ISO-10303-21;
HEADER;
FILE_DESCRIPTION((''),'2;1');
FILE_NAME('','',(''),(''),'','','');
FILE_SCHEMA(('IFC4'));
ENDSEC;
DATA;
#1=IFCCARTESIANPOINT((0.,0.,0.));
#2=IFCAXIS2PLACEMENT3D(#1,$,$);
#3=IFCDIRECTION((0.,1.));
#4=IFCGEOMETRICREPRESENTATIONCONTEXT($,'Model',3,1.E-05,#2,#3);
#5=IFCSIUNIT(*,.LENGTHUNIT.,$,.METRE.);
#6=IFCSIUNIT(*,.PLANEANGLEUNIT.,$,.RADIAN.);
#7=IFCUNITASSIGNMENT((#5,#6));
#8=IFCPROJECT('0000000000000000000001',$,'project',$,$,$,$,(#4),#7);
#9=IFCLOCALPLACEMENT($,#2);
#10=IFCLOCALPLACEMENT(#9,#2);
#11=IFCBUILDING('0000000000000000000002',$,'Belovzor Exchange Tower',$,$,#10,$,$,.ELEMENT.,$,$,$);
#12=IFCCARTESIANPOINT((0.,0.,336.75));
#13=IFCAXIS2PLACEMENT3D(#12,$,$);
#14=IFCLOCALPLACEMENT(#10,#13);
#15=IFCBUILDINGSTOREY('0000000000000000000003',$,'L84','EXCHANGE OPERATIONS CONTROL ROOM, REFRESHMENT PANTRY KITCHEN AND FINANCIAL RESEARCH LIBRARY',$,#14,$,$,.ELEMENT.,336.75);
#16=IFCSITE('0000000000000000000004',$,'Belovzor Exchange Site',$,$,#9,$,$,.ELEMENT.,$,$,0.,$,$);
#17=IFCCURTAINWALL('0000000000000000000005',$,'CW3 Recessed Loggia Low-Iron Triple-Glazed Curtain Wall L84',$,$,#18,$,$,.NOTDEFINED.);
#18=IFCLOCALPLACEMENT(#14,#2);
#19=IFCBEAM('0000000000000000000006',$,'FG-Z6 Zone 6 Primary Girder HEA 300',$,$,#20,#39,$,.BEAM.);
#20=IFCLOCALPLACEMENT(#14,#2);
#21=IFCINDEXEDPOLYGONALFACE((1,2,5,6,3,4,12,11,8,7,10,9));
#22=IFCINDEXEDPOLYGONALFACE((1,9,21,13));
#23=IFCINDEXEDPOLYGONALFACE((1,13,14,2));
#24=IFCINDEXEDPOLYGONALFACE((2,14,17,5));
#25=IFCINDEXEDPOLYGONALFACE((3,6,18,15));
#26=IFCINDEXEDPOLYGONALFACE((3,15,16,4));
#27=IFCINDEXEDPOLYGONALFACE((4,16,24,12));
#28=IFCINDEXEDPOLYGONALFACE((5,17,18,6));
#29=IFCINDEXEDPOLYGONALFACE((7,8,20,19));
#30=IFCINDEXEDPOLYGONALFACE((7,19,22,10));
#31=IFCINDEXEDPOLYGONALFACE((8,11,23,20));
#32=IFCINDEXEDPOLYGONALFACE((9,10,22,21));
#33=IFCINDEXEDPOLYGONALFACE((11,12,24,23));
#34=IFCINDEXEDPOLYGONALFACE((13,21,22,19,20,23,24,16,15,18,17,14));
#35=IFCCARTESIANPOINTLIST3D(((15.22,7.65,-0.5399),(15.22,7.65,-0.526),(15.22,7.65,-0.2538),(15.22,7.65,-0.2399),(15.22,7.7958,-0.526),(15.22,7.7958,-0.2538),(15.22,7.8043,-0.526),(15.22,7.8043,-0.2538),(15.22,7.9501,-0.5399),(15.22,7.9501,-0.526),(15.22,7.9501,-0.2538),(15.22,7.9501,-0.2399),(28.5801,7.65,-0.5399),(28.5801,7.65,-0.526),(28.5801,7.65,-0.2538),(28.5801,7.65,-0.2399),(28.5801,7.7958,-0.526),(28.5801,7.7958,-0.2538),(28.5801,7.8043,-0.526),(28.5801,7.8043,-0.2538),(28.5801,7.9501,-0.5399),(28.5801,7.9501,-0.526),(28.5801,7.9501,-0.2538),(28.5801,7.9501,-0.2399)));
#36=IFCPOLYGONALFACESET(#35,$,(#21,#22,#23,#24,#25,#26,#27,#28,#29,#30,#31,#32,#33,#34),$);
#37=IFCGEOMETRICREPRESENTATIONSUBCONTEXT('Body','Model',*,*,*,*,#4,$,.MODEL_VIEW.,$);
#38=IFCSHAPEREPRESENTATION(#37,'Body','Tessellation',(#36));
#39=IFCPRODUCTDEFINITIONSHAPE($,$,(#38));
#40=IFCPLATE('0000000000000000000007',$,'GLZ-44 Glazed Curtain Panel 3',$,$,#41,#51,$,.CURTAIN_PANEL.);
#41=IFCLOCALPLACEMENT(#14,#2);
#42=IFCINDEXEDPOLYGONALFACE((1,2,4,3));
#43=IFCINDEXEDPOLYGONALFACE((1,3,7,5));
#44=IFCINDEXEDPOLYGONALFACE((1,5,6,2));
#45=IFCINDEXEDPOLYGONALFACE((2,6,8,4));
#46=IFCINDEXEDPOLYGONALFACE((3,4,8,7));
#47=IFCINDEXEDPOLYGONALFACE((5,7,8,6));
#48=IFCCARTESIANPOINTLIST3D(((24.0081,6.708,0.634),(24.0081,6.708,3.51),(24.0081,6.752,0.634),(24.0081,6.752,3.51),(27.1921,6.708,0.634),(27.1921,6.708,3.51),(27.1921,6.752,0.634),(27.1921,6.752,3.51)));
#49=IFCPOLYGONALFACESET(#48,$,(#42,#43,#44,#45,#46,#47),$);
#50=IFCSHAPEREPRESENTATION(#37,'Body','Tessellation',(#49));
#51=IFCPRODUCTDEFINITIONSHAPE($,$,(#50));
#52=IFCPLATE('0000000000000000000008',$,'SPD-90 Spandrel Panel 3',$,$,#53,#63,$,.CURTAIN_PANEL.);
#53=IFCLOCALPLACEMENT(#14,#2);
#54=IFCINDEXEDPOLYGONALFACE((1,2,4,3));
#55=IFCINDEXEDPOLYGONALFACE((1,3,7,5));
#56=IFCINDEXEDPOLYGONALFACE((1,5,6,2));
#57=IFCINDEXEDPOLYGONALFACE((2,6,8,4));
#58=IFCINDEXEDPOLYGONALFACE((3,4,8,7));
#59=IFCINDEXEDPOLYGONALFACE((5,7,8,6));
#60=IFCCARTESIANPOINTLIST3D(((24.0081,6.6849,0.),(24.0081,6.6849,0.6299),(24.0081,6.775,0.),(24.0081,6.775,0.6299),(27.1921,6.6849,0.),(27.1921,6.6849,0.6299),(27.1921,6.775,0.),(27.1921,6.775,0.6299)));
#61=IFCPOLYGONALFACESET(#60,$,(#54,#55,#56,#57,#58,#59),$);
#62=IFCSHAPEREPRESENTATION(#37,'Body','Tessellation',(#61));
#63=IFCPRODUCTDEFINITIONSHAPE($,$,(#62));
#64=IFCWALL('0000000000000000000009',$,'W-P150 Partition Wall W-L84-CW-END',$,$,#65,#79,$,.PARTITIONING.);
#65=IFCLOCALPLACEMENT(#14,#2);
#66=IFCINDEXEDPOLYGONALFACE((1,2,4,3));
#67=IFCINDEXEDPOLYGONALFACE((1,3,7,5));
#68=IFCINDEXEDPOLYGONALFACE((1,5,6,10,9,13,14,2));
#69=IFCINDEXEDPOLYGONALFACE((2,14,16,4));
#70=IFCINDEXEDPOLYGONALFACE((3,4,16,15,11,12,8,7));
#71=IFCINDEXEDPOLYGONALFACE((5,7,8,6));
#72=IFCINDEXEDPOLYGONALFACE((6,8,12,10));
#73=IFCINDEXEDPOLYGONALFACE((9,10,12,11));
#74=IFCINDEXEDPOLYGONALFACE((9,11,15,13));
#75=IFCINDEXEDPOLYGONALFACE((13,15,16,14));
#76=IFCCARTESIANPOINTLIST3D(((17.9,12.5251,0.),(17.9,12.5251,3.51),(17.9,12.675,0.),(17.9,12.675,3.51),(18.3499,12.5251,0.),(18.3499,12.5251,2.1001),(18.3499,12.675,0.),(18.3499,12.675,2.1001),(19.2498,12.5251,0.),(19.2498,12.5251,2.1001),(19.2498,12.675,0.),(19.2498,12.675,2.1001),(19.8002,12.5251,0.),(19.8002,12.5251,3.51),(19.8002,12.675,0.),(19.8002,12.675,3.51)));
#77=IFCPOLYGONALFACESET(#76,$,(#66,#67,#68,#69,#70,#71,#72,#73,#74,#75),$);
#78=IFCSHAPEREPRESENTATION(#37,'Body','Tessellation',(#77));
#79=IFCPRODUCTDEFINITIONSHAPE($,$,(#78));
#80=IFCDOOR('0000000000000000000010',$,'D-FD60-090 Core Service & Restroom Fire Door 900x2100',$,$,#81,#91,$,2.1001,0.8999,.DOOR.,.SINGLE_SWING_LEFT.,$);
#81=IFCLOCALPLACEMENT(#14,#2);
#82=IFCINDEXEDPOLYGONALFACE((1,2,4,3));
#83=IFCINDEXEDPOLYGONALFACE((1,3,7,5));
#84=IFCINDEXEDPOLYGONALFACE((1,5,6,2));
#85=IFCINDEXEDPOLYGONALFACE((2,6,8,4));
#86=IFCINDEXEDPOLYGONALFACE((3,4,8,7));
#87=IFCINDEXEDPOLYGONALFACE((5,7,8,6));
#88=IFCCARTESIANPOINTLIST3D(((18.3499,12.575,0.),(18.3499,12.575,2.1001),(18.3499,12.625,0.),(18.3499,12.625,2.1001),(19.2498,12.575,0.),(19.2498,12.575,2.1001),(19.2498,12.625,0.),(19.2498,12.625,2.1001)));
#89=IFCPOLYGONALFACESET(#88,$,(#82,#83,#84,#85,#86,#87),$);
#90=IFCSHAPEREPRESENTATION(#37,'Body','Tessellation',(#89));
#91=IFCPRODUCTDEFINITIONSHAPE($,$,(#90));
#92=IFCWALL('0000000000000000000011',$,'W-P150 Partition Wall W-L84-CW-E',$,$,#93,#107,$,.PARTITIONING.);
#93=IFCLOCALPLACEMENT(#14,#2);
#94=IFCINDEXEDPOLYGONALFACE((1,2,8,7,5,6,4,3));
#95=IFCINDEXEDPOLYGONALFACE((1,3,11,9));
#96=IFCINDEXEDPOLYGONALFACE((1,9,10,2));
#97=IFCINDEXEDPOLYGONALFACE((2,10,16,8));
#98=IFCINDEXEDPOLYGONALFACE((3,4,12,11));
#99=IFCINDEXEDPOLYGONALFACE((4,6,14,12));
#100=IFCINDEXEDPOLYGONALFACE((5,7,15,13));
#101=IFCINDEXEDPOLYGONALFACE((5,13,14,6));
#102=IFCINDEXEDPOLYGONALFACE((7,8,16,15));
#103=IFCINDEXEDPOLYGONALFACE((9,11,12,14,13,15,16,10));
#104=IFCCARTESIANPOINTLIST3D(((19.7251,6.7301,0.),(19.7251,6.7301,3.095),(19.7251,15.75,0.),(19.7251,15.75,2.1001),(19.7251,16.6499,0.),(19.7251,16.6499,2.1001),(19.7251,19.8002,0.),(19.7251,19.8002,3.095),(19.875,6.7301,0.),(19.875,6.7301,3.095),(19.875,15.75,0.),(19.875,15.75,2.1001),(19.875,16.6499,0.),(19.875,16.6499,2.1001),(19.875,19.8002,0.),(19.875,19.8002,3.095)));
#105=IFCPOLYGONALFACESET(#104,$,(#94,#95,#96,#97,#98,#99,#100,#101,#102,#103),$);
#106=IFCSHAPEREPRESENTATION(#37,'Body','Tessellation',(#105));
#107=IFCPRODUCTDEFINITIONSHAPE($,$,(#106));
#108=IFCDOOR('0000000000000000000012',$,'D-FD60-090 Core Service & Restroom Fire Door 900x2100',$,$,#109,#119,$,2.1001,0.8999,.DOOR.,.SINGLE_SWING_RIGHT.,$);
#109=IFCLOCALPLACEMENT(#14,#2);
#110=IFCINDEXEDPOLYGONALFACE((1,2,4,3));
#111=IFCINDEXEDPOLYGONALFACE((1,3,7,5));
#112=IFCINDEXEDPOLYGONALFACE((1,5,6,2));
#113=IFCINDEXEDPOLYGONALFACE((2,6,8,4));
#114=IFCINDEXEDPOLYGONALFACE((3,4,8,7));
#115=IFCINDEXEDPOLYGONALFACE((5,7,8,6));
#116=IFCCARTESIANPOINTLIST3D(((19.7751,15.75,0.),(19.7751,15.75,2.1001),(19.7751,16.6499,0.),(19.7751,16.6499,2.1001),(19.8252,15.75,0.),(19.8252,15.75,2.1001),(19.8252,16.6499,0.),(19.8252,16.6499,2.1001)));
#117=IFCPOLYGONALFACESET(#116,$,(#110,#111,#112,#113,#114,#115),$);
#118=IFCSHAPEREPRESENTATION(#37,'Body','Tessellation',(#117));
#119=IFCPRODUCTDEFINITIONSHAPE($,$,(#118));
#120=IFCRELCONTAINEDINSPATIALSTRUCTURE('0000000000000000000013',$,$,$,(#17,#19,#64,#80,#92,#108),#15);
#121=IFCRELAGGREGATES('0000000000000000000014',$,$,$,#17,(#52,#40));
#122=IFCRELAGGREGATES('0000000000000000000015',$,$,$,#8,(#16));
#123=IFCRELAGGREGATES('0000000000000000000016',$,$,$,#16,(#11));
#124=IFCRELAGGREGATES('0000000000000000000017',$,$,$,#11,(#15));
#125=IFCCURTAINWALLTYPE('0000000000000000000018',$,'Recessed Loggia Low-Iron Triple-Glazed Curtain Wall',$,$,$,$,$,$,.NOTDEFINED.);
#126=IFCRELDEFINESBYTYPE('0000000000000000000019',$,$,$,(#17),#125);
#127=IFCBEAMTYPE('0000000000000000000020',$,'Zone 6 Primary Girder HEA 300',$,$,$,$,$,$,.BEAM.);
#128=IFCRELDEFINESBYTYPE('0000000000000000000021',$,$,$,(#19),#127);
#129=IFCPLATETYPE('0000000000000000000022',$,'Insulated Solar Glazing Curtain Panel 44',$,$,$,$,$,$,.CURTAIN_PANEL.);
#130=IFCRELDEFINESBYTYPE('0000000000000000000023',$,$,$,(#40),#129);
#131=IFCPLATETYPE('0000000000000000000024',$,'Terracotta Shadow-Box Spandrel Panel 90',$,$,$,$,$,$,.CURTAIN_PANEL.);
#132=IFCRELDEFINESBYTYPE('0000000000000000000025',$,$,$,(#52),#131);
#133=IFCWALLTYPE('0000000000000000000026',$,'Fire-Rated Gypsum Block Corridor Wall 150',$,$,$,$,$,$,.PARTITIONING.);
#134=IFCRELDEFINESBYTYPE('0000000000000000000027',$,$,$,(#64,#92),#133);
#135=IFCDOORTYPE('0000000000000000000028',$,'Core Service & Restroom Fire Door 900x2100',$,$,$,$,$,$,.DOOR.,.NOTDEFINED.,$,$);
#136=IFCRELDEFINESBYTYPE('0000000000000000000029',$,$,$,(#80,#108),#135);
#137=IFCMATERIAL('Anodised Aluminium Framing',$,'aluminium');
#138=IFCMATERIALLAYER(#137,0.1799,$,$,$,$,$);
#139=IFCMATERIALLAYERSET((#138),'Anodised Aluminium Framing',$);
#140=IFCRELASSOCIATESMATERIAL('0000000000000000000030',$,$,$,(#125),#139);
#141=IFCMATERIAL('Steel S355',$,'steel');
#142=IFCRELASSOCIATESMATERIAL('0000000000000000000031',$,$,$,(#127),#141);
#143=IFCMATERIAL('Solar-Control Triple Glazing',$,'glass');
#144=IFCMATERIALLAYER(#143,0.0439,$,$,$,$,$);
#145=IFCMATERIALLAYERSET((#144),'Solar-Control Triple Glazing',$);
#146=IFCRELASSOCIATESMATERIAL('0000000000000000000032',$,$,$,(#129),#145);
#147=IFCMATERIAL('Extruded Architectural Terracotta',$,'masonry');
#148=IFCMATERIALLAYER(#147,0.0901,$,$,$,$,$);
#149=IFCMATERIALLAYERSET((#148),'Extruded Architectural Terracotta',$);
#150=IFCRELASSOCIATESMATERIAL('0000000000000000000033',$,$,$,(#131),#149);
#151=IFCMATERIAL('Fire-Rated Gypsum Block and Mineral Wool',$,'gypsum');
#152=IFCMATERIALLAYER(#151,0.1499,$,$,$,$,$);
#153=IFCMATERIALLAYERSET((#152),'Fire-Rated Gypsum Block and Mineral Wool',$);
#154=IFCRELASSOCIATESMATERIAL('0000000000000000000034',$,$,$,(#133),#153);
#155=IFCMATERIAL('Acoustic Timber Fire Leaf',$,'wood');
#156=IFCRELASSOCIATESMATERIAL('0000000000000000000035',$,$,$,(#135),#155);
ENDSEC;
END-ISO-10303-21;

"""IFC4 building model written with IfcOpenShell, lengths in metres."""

from ifc_helpers import new_model, si_unit, direction, frame, frame_2d, origin, origin_2d, place, context, subcontext, project, spatial, rectangle, i_section, extrude, material, layer, layer_set, material_profile, profile_set, type_object, element, fill, aggregate, save


model = new_model("IFC4")

# Units and contexts
model_context = context("Model", 3, precision=1e-05, world=origin(), true_north=direction((0.0, 1.0)))
body_context = subcontext(model_context, "Body", "Model", "MODEL_VIEW")
ifc_project = project(units=[si_unit("LENGTHUNIT", "METRE"), si_unit("PLANEANGLEUNIT", "RADIAN")], contexts=[model_context])

# Site, building, storey
site_placement = place(None, origin())
site = spatial("IfcSite", under=ifc_project, at=site_placement, Name="Belovzor Exchange Site", CompositionType="ELEMENT", RefElevation=0.0)
building_placement = place(site_placement, origin())
building = spatial("IfcBuilding", under=site, at=building_placement, Name="Belovzor Exchange Tower", CompositionType="ELEMENT")
storey_placement = place(building_placement, frame((0.0, 0.0, 336.75)))
storey = spatial("IfcBuildingStorey", under=building, at=storey_placement, Name="L84", Description="EXCHANGE OPERATIONS CONTROL ROOM, REFRESHMENT PANTRY KITCHEN AND FINANCIAL RESEARCH LIBRARY", CompositionType="ELEMENT", Elevation=336.75)

# Curtain wall
ifc_material_1 = material(Name="Anodised Aluminium Framing", Category="aluminium")
ifc_layer_1 = layer(ifc_material_1, 0.1799)
ifc_layer_set_1 = layer_set([ifc_layer_1], Name="Anodised Aluminium Framing")
curtain_wall_type = type_object("IfcCurtainWallType", Name="Recessed Loggia Low-Iron Triple-Glazed Curtain Wall", PredefinedType="NOTDEFINED", material=ifc_layer_set_1)
curtain_wall_placement = place(storey_placement, origin())
curtain_wall = element("IfcCurtainWall", 1, at=curtain_wall_placement, inside=storey, type_object=curtain_wall_type, Name="CW3 Recessed Loggia Low-Iron Triple-Glazed Curtain Wall L84", PredefinedType="NOTDEFINED")

# Beam
ifc_material_2 = material(Name="Steel S355", Category="steel")
ifc_material_profile_1 = material_profile(ifc_material_2, i_section(OverallWidth=0.3, OverallDepth=0.3, WebThickness=0.0085, FlangeThickness=0.0139, at=origin_2d()))
ifc_profile_set_1 = profile_set([ifc_material_profile_1], Name="Steel S355")
beam_type_1 = type_object("IfcBeamType", Name="Zone 6 Primary Girder HEA 300", PredefinedType="BEAM", material=ifc_profile_set_1)
beam_1_placement = place(storey_placement, frame((15.22, 7.8, -0.3899), z_axis=(1.0, 0.0, 0.0), x_axis=(0.0, 1.0, 0.0)))
element("IfcBeam", 2, at=beam_1_placement, inside=storey, type_object=beam_type_1, Name="FG-Z6 Zone 6 Primary Girder HEA 300", PredefinedType="BEAM", context=body_context, shape_type="SweptSolid", body=[
    extrude(i_section(OverallWidth=0.3, OverallDepth=0.3, WebThickness=0.0085, FlangeThickness=0.0139, at=origin_2d()), origin(), (0.0, 0.0, 1.0), 13.3601),
])

# Plates
ifc_material_3 = material(Name="Solar-Control Triple Glazing", Category="glass")
ifc_layer_2 = layer(ifc_material_3, 0.0439)
ifc_layer_set_2 = layer_set([ifc_layer_2], Name="Solar-Control Triple Glazing")
plate_type_1 = type_object("IfcPlateType", Name="Insulated Solar Glazing Curtain Panel 44", PredefinedType="CURTAIN_PANEL", material=ifc_layer_set_2)
plate_1_placement = place(storey_placement, frame((25.6001, 6.73, 0.634), z_axis=(0.0, 0.0, 1.0), x_axis=(-1.0, 0.0, 0.0)))
plate_1 = element("IfcPlate", 3, at=plate_1_placement, type_object=plate_type_1, Name="GLZ-44 Glazed Curtain Panel 3", PredefinedType="CURTAIN_PANEL", context=body_context, shape_type="SweptSolid", body=[
    extrude(rectangle(XDim=3.1841, YDim=0.0439, at=origin_2d()), origin(), (0.0, 0.0, 1.0), 2.876),
])
ifc_material_4 = material(Name="Extruded Architectural Terracotta", Category="masonry")
ifc_layer_3 = layer(ifc_material_4, 0.0901)
ifc_layer_set_3 = layer_set([ifc_layer_3], Name="Extruded Architectural Terracotta")
plate_type_2 = type_object("IfcPlateType", Name="Terracotta Shadow-Box Spandrel Panel 90", PredefinedType="CURTAIN_PANEL", material=ifc_layer_set_3)
plate_2_placement = place(storey_placement, frame((25.6001, 6.73, 0.0), z_axis=(0.0, 0.0, 1.0), x_axis=(-1.0, 0.0, 0.0)))
plate_2 = element("IfcPlate", 4, at=plate_2_placement, type_object=plate_type_2, Name="SPD-90 Spandrel Panel 3", PredefinedType="CURTAIN_PANEL", context=body_context, shape_type="SweptSolid", body=[
    extrude(rectangle(XDim=3.1841, YDim=0.0901, at=origin_2d()), origin(), (0.0, 0.0, 1.0), 0.6299),
])
aggregate(curtain_wall, [plate_2, plate_1])

# Walls, openings, doors
ifc_material_5 = material(Name="Fire-Rated Gypsum Block and Mineral Wool", Category="gypsum")
ifc_layer_4 = layer(ifc_material_5, 0.1499)
ifc_layer_set_4 = layer_set([ifc_layer_4], Name="Fire-Rated Gypsum Block and Mineral Wool")
wall_type_1 = type_object("IfcWallType", Name="Fire-Rated Gypsum Block Corridor Wall 150", PredefinedType="PARTITIONING", material=ifc_layer_set_4)
wall_1_placement = place(storey_placement, frame((17.8999, 12.6001, 0.0), z_axis=(0.0, 0.0, 1.0), x_axis=(1.0, 0.0, 0.0)))
wall_1 = element("IfcWall", 5, at=wall_1_placement, inside=storey, type_object=wall_type_1, Name="W-P150 Partition Wall W-L84-CW-END", PredefinedType="PARTITIONING", context=body_context, shape_type="SweptSolid", body=[
    extrude(rectangle(XDim=1.9001, YDim=0.1499, at=frame_2d((0.9502, 0.0))), origin(), (0.0, 0.0, 1.0), 3.51),
])
opening_1_placement = place(wall_1_placement, frame((0.45, 0.0, 0.0)))
opening_1 = element("IfcOpeningElement", 6, at=opening_1_placement, cuts=wall_1, PredefinedType="OPENING", context=body_context, shape_type="SweptSolid", body=[
    extrude(rectangle(XDim=0.8999, YDim=2.1001, at=frame_2d((0.45, 1.05))), frame((0.0, 0.085, 0.0), z_axis=(0.0, -1.0, 0.0), x_axis=(1.0, 0.0, 0.0)), (0.0, 0.0, 1.0), 0.1699),
])
ifc_material_6 = material(Name="Acoustic Timber Fire Leaf", Category="wood")
door_type_1 = type_object("IfcDoorType", Name="Core Service & Restroom Fire Door 900x2100", OperationType="NOTDEFINED", PredefinedType="DOOR", material=ifc_material_6)
door_1_placement = place(opening_1_placement, origin())
door_1 = element("IfcDoor", 7, at=door_1_placement, inside=storey, type_object=door_type_1, Name="D-FD60-090 Core Service & Restroom Fire Door 900x2100", OperationType="SINGLE_SWING_LEFT", OverallHeight=2.1001, OverallWidth=0.8999, PredefinedType="DOOR", context=body_context, shape_type="SweptSolid", body=[
    extrude(rectangle(XDim=0.8999, YDim=2.1001, at=frame_2d((0.45, 1.05))), frame((0.0, 0.0249, 0.0), z_axis=(0.0, -1.0, 0.0), x_axis=(1.0, 0.0, 0.0)), (0.0, 0.0, 1.0), 0.05),
])
fill(opening_1, door_1)
wall_2_placement = place(storey_placement, frame((19.8, 6.73, 0.0), z_axis=(0.0, 0.0, 1.0), x_axis=(0.0, 1.0, 0.0)))
wall_2 = element("IfcWall", 8, at=wall_2_placement, inside=storey, type_object=wall_type_1, Name="W-P150 Partition Wall W-L84-CW-E", PredefinedType="PARTITIONING", context=body_context, shape_type="SweptSolid", body=[
    extrude(rectangle(XDim=13.0701, YDim=0.1499, at=frame_2d((6.5352, 0.0))), origin(), (0.0, 0.0, 1.0), 3.095),
])
opening_2_placement = place(wall_2_placement, frame((9.02, 0.0, 0.0)))
opening_2 = element("IfcOpeningElement", 9, at=opening_2_placement, cuts=wall_2, PredefinedType="OPENING", context=body_context, shape_type="SweptSolid", body=[
    extrude(rectangle(XDim=0.8999, YDim=2.1001, at=frame_2d((0.45, 1.05))), frame((0.0, 0.085, 0.0), z_axis=(0.0, -1.0, 0.0), x_axis=(1.0, 0.0, 0.0)), (0.0, 0.0, 1.0), 0.1699),
])
door_2_placement = place(opening_2_placement, origin())
door_2 = element("IfcDoor", 10, at=door_2_placement, inside=storey, type_object=door_type_1, Name="D-FD60-090 Core Service & Restroom Fire Door 900x2100", OperationType="SINGLE_SWING_RIGHT", OverallHeight=2.1001, OverallWidth=0.8999, PredefinedType="DOOR", context=body_context, shape_type="SweptSolid", body=[
    extrude(rectangle(XDim=0.8999, YDim=2.1001, at=frame_2d((0.45, 1.05))), frame((0.0, 0.0249, 0.0), z_axis=(0.0, -1.0, 0.0), x_axis=(1.0, 0.0, 0.0)), (0.0, 0.0, 1.0), 0.05),
])
fill(opening_2, door_2)

save(model, "model.ifc")
